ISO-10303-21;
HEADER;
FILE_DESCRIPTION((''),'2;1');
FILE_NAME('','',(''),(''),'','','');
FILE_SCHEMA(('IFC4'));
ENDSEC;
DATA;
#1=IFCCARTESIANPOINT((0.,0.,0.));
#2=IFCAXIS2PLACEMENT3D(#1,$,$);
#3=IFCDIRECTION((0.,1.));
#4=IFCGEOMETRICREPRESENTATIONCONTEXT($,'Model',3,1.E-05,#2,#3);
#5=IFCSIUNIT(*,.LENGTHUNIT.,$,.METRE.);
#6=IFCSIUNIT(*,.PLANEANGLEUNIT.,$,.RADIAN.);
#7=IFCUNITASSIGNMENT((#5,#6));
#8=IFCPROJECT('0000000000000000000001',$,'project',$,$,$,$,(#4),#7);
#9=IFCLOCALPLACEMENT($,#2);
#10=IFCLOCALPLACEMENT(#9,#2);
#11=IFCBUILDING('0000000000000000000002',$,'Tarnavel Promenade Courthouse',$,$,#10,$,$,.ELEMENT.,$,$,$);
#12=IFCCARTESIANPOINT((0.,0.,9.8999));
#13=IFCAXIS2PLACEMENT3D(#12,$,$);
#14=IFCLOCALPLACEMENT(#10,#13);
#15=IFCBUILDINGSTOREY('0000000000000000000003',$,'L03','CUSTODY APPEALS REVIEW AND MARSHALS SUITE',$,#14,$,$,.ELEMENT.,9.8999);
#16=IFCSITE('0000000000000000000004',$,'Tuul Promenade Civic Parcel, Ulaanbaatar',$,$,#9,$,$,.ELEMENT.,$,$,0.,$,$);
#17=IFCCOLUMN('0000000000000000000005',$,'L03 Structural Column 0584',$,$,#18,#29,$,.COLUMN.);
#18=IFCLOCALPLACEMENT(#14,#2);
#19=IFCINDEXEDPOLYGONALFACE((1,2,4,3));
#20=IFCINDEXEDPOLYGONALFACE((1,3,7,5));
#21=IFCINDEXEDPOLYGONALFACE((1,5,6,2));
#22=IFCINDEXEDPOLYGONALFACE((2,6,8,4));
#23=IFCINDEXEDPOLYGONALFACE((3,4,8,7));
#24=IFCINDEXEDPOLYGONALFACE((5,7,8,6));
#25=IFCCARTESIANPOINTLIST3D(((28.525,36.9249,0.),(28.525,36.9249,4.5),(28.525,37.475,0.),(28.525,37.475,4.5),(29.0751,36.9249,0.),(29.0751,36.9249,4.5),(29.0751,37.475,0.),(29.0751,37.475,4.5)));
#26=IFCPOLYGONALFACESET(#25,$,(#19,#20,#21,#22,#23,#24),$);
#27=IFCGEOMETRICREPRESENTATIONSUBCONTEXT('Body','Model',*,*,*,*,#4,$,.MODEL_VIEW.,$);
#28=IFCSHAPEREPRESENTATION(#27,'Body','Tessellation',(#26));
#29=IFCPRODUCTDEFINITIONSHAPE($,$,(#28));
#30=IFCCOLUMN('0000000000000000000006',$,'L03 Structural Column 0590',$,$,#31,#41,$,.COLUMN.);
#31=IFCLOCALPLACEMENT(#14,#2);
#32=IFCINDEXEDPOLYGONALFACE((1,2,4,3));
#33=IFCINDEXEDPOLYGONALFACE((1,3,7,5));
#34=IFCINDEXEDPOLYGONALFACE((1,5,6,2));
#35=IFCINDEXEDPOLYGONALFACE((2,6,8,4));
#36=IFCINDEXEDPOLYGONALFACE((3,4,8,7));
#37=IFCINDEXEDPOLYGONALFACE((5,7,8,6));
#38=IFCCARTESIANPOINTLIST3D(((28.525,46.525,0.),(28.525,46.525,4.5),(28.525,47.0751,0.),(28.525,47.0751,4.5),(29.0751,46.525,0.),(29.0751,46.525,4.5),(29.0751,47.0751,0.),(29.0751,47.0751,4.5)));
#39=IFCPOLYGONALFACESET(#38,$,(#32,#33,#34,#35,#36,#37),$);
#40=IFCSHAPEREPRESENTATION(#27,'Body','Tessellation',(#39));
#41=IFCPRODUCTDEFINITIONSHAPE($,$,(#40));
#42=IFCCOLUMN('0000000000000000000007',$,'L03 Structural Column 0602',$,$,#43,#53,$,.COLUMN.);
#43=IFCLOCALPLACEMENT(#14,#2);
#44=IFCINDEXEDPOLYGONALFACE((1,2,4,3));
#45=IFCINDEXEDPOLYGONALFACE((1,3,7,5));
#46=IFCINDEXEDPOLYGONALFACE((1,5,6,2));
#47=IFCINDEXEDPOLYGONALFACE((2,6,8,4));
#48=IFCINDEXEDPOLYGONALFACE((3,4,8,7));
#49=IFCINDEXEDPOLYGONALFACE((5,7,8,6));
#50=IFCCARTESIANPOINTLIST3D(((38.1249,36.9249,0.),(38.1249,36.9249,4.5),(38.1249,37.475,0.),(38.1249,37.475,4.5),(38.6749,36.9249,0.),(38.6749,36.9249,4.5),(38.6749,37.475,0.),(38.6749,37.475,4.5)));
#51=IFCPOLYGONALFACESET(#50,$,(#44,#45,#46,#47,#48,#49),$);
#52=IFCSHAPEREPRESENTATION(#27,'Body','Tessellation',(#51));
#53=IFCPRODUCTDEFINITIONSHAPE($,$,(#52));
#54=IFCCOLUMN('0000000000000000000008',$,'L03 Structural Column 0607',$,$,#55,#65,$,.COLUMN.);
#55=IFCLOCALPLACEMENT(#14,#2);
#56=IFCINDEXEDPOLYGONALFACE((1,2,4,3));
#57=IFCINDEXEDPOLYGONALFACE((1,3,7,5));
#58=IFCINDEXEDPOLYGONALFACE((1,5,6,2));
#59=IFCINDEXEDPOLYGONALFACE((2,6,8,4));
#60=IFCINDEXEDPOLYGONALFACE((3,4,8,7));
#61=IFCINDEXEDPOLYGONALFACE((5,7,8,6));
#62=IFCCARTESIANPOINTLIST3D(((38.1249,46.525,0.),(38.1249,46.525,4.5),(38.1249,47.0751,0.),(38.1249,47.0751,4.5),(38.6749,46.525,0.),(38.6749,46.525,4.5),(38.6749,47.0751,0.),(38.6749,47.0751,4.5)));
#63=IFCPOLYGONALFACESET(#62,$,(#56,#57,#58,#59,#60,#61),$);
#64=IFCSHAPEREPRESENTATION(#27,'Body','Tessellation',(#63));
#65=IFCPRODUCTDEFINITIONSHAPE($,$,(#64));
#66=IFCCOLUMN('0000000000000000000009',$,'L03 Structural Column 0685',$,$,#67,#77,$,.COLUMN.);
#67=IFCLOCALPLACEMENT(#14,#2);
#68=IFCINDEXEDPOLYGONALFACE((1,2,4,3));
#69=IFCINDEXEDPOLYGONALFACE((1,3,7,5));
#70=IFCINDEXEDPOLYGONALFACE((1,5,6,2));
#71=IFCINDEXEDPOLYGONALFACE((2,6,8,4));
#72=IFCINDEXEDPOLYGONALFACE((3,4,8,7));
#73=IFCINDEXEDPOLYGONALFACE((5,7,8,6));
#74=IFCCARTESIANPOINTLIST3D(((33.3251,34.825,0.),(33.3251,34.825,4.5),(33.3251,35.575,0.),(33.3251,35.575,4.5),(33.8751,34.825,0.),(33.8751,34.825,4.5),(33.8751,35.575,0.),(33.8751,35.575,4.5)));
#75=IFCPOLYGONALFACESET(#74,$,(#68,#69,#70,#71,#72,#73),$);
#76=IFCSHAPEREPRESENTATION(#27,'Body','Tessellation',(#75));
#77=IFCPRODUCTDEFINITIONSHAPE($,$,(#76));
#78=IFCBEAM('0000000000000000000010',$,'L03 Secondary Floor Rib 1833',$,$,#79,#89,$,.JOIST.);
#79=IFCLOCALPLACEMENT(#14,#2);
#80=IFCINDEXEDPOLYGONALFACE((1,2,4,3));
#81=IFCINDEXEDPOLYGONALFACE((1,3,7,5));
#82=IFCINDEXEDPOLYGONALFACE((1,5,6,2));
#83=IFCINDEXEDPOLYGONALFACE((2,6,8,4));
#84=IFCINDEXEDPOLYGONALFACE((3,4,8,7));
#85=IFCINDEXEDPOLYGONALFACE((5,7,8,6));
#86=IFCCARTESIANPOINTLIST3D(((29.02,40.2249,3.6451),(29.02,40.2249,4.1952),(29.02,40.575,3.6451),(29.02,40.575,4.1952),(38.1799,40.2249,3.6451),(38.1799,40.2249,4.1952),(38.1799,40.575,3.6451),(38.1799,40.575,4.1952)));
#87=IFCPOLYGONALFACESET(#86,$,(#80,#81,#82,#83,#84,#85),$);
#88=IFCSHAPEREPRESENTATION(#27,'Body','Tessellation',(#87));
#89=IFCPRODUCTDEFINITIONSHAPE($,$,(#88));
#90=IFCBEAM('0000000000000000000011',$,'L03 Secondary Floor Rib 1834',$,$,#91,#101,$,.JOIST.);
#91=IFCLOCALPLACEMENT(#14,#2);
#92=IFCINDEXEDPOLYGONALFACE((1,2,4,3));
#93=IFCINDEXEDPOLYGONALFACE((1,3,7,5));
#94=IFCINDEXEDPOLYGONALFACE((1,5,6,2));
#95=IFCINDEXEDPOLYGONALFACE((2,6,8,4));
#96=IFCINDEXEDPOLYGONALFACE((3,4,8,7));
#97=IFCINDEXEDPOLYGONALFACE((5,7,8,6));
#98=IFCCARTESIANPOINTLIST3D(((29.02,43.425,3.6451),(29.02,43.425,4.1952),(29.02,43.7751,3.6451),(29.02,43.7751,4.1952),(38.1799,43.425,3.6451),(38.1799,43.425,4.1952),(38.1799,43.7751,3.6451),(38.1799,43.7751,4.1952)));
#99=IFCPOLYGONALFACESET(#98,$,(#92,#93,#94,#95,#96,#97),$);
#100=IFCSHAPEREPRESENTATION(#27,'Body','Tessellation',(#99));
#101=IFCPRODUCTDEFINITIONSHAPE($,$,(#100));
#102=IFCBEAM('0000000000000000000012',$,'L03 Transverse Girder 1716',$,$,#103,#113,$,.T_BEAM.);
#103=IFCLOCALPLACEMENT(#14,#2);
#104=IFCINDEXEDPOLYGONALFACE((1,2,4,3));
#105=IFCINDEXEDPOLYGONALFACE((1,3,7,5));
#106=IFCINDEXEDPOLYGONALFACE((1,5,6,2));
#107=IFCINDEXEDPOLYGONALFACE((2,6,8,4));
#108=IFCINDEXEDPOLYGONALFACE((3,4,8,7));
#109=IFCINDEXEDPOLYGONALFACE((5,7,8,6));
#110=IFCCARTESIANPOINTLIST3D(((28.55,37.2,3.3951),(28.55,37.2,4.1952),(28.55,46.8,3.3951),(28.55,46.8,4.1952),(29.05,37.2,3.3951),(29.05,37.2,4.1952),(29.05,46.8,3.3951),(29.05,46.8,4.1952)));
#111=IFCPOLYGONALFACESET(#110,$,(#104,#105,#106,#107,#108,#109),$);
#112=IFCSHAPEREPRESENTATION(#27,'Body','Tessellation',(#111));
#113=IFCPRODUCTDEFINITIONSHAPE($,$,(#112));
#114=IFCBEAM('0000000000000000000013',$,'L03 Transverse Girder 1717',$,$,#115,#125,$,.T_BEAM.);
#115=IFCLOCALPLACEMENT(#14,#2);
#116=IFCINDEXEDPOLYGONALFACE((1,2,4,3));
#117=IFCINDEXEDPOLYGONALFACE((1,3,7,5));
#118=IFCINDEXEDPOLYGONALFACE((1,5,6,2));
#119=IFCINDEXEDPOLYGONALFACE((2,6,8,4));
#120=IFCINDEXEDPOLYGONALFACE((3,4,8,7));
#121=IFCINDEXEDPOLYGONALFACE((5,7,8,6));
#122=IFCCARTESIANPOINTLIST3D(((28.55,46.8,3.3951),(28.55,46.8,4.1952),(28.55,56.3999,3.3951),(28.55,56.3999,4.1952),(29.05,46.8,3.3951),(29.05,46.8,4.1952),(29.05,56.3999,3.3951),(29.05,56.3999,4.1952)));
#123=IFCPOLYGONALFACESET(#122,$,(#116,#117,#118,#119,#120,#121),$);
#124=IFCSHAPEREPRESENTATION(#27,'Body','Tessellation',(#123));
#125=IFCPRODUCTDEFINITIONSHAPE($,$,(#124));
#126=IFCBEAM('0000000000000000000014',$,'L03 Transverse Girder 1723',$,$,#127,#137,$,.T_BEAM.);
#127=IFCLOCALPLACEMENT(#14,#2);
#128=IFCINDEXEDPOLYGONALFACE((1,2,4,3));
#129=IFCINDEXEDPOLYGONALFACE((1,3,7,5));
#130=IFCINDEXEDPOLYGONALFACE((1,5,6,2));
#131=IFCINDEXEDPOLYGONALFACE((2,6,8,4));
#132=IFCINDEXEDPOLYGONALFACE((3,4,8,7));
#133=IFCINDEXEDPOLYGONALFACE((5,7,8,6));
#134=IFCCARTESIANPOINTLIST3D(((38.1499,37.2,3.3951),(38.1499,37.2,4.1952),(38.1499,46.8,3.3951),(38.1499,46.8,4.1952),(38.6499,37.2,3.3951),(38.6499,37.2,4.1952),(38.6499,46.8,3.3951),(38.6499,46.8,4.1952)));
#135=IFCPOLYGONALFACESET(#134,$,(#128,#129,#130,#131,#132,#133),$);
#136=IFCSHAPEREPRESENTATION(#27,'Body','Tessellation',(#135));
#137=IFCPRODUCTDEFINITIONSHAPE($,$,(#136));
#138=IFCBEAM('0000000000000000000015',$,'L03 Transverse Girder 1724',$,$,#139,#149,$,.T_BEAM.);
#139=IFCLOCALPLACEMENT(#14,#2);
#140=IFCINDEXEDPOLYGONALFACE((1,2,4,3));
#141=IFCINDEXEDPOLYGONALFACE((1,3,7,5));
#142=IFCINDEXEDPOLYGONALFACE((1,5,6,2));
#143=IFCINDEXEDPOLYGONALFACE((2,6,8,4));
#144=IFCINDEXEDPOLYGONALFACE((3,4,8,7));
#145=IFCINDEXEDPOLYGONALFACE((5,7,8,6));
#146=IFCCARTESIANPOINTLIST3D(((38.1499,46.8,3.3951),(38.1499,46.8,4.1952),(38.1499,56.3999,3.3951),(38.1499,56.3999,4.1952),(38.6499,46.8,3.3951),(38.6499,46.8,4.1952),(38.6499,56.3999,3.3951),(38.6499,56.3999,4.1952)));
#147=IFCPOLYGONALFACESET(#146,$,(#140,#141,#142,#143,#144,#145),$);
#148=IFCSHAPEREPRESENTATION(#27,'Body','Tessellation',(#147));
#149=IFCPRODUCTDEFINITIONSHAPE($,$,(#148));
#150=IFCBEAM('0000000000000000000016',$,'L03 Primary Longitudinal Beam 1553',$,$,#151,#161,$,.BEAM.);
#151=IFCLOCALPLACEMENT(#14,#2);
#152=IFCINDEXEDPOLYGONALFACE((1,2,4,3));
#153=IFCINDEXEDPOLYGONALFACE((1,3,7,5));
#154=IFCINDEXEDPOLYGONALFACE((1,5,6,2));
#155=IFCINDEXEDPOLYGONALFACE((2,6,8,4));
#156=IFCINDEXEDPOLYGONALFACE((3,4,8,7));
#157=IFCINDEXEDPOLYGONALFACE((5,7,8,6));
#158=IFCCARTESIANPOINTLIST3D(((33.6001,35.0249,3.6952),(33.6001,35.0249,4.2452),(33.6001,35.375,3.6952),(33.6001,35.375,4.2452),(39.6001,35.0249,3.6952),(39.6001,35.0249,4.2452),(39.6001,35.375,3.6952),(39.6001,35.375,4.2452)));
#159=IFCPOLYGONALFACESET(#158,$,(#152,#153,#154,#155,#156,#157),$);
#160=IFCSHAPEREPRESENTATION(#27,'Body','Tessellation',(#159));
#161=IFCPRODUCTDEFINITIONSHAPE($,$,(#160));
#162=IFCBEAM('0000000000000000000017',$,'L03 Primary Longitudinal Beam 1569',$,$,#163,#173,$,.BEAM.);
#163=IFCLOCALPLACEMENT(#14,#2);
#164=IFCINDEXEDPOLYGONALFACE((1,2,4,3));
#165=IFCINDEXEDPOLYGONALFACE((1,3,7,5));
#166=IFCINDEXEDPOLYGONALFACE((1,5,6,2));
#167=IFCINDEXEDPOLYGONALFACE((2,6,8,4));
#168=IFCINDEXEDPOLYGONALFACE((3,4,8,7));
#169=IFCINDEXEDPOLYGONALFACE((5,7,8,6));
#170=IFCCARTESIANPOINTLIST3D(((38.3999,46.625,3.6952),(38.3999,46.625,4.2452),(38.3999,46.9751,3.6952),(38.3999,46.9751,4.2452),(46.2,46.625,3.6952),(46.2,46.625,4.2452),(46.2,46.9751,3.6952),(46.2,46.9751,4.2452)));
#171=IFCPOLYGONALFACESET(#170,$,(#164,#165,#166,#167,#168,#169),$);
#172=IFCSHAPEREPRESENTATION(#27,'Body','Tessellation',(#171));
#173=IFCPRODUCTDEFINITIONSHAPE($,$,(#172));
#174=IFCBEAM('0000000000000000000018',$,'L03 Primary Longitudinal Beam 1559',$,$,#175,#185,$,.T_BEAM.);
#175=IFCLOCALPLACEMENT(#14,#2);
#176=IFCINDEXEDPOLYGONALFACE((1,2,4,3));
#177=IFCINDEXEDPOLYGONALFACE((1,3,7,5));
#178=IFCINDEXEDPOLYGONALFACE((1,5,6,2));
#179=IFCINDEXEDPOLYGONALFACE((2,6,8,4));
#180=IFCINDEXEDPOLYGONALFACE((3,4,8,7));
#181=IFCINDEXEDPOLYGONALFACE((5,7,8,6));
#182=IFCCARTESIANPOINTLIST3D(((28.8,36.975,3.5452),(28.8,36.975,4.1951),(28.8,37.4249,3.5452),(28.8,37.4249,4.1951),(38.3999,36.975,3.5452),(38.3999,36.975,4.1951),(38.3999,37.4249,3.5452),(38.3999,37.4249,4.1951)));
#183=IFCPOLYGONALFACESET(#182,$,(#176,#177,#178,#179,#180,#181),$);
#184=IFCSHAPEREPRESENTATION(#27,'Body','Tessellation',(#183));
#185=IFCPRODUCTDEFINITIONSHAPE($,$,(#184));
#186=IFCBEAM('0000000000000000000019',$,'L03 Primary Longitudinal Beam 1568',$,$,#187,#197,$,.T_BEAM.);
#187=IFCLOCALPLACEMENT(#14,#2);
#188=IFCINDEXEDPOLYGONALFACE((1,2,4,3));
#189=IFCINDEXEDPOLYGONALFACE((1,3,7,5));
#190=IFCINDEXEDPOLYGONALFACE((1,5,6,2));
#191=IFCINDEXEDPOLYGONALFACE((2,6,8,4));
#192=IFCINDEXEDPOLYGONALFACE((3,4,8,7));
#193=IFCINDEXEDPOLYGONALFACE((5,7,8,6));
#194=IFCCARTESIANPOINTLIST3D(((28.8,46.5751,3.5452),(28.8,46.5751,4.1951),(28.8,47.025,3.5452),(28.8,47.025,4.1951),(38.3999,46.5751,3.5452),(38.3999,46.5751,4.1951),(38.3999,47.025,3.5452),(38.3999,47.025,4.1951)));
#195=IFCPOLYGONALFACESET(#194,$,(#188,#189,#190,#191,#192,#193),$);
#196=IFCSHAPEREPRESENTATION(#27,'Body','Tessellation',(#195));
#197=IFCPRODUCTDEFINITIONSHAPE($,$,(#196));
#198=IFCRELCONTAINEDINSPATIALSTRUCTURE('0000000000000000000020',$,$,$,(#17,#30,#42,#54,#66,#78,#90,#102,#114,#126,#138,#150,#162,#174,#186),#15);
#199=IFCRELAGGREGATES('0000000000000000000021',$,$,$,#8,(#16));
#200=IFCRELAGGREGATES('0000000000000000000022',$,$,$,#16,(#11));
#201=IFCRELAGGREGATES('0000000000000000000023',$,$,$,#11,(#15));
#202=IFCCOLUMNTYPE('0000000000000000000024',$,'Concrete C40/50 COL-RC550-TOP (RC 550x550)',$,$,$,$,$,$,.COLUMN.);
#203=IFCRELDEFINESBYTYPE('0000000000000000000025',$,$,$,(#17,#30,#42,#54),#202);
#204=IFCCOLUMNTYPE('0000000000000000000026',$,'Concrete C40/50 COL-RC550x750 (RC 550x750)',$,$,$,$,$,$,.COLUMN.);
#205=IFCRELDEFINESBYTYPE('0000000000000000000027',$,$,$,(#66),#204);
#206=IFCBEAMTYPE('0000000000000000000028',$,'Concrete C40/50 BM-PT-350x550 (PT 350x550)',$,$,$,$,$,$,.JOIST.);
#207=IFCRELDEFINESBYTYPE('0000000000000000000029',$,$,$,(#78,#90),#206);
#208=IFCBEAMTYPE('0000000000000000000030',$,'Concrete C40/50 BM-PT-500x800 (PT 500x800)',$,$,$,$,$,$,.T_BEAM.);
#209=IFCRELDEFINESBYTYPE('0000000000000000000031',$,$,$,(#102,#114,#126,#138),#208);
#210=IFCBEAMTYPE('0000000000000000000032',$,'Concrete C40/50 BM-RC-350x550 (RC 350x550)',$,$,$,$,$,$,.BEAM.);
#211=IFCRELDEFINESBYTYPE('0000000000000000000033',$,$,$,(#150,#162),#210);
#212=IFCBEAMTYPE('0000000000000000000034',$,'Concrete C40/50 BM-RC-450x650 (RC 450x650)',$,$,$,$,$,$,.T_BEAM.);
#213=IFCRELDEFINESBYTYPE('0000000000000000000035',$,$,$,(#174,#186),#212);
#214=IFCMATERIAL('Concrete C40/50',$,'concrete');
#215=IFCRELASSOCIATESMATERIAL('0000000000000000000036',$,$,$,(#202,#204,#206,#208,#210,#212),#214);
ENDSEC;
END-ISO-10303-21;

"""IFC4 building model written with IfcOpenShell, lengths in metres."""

from ifc_helpers import new_model, si_unit, direction, frame, origin, origin_2d, place, context, subcontext, project, spatial, rectangle, extrude, material, material_profile, profile_set, type_object, element, save


model = new_model("IFC4")

# Units and contexts
model_context = context("Model", 3, precision=1e-05, world=origin(), true_north=direction((0.0, 1.0)))
body_context = subcontext(model_context, "Body", "Model", "MODEL_VIEW")
ifc_project = project(units=[si_unit("LENGTHUNIT", "METRE"), si_unit("PLANEANGLEUNIT", "RADIAN")], contexts=[model_context])

# Site, building, storey
site_placement = place(None, origin())
site = spatial("IfcSite", under=ifc_project, at=site_placement, Name="Tuul Promenade Civic Parcel, Ulaanbaatar", CompositionType="ELEMENT", RefElevation=0.0)
building_placement = place(site_placement, origin())
building = spatial("IfcBuilding", under=site, at=building_placement, Name="Tarnavel Promenade Courthouse", CompositionType="ELEMENT")
storey_placement = place(building_placement, frame((0.0, 0.0, 9.8999)))
storey = spatial("IfcBuildingStorey", under=building, at=storey_placement, Name="L03", Description="CUSTODY APPEALS REVIEW AND MARSHALS SUITE", CompositionType="ELEMENT", Elevation=9.8999)

# Columns
ifc_material_1 = material(Name="Concrete C40/50", Category="concrete")
ifc_material_profile_1 = material_profile(ifc_material_1, rectangle(XDim=0.55, YDim=0.55, at=origin_2d()), Name="RC 550x550")
ifc_profile_set_1 = profile_set([ifc_material_profile_1], Name="Concrete C40/50")
column_type_1 = type_object("IfcColumnType", Name="Concrete C40/50 COL-RC550-TOP (RC 550x550)", PredefinedType="COLUMN", material=ifc_profile_set_1)
for number, where, z_axis, x_axis, name in (
    (1, (28.8, 37.2, 0.0), (0.0, 0.0, 1.0), (1.0, 0.0, 0.0), "L03 Structural Column 0584"),
    (2, (28.8, 46.8, 0.0), (0.0, 0.0, 1.0), (1.0, 0.0, 0.0), "L03 Structural Column 0590"),
    (3, (38.3999, 37.2, 0.0), (0.0, 0.0, 1.0), (1.0, 0.0, 0.0), "L03 Structural Column 0602"),
    (4, (38.3999, 46.8, 0.0), (0.0, 0.0, 1.0), (1.0, 0.0, 0.0), "L03 Structural Column 0607"),
):
    element("IfcColumn", number, at=place(storey_placement, frame(where, z_axis=z_axis, x_axis=x_axis)), inside=storey, type_object=column_type_1, Name=name, PredefinedType="COLUMN", context=body_context, shape_type="SweptSolid", body=[
        extrude(rectangle(XDim=0.55, YDim=0.55, at=origin_2d()), origin(), (0.0, 0.0, 1.0), 4.5),
    ])
ifc_material_profile_2 = material_profile(ifc_material_1, rectangle(XDim=0.55, YDim=0.75, at=origin_2d()), Name="RC 550x750")
ifc_profile_set_2 = profile_set([ifc_material_profile_2], Name="Concrete C40/50")
column_type_2 = type_object("IfcColumnType", Name="Concrete C40/50 COL-RC550x750 (RC 550x750)", PredefinedType="COLUMN", material=ifc_profile_set_2)
column_placement = place(storey_placement, frame((33.6001, 35.2, 0.0), z_axis=(0.0, 0.0, 1.0), x_axis=(1.0, 0.0, 0.0)))
element("IfcColumn", 5, at=column_placement, inside=storey, type_object=column_type_2, Name="L03 Structural Column 0685", PredefinedType="COLUMN", context=body_context, shape_type="SweptSolid", body=[
    extrude(rectangle(XDim=0.55, YDim=0.75, at=origin_2d()), origin(), (0.0, 0.0, 1.0), 4.5),
])

# Beams
ifc_material_profile_3 = material_profile(ifc_material_1, rectangle(XDim=0.3501, YDim=0.55, at=origin_2d()), Name="PT 350x550")
ifc_profile_set_3 = profile_set([ifc_material_profile_3], Name="Concrete C40/50")
beam_type_1 = type_object("IfcBeamType", Name="Concrete C40/50 BM-PT-350x550 (PT 350x550)", PredefinedType="JOIST", material=ifc_profile_set_3)
for number, where, z_axis, x_axis, name in (
    (6, (29.02, 40.3999, 3.9202), (1.0, 0.0, 0.0), (0.0, 1.0, 0.0), "L03 Secondary Floor Rib 1833"),
    (7, (29.02, 43.6001, 3.9202), (1.0, 0.0, 0.0), (0.0, 1.0, 0.0), "L03 Secondary Floor Rib 1834"),
):
    element("IfcBeam", number, at=place(storey_placement, frame(where, z_axis=z_axis, x_axis=x_axis)), inside=storey, type_object=beam_type_1, Name=name, PredefinedType="JOIST", context=body_context, shape_type="SweptSolid", body=[
        extrude(rectangle(XDim=0.3501, YDim=0.55, at=origin_2d()), origin(), (0.0, 0.0, 1.0), 9.1599),
    ])
ifc_material_profile_4 = material_profile(ifc_material_1, rectangle(XDim=0.5, YDim=0.8, at=origin_2d()), Name="PT 500x800")
ifc_profile_set_4 = profile_set([ifc_material_profile_4], Name="Concrete C40/50")
beam_type_2 = type_object("IfcBeamType", Name="Concrete C40/50 BM-PT-500x800 (PT 500x800)", PredefinedType="T_BEAM", material=ifc_profile_set_4)
beam_1_placement = place(storey_placement, frame((28.8, 37.2, 3.7952), z_axis=(0.0, 1.0, 0.0), x_axis=(-1.0, 0.0, 0.0)))
element("IfcBeam", 8, at=beam_1_placement, inside=storey, type_object=beam_type_2, Name="L03 Transverse Girder 1716", PredefinedType="T_BEAM", context=body_context, shape_type="SweptSolid", body=[
    extrude(rectangle(XDim=0.5, YDim=0.8, at=origin_2d()), origin(), (0.0, 0.0, 1.0), 9.6001),
])
beam_2_placement = place(storey_placement, frame((28.8, 46.8, 3.7952), z_axis=(0.0, 1.0, 0.0), x_axis=(-1.0, 0.0, 0.0)))
element("IfcBeam", 9, at=beam_2_placement, inside=storey, type_object=beam_type_2, Name="L03 Transverse Girder 1717", PredefinedType="T_BEAM", context=body_context, shape_type="SweptSolid", body=[
    extrude(rectangle(XDim=0.5, YDim=0.8, at=origin_2d()), origin(), (0.0, 0.0, 1.0), 9.5999),
])
beam_3_placement = place(storey_placement, frame((38.3999, 37.2, 3.7952), z_axis=(0.0, 1.0, 0.0), x_axis=(-1.0, 0.0, 0.0)))
element("IfcBeam", 10, at=beam_3_placement, inside=storey, type_object=beam_type_2, Name="L03 Transverse Girder 1723", PredefinedType="T_BEAM", context=body_context, shape_type="SweptSolid", body=[
    extrude(rectangle(XDim=0.5, YDim=0.8, at=origin_2d()), origin(), (0.0, 0.0, 1.0), 9.6001),
])
beam_4_placement = place(storey_placement, frame((38.3999, 46.8, 3.7952), z_axis=(0.0, 1.0, 0.0), x_axis=(-1.0, 0.0, 0.0)))
element("IfcBeam", 11, at=beam_4_placement, inside=storey, type_object=beam_type_2, Name="L03 Transverse Girder 1724", PredefinedType="T_BEAM", context=body_context, shape_type="SweptSolid", body=[
    extrude(rectangle(XDim=0.5, YDim=0.8, at=origin_2d()), origin(), (0.0, 0.0, 1.0), 9.5999),
])
ifc_material_profile_5 = material_profile(ifc_material_1, rectangle(XDim=0.3501, YDim=0.55, at=origin_2d()), Name="RC 350x550")
ifc_profile_set_5 = profile_set([ifc_material_profile_5], Name="Concrete C40/50")
beam_type_3 = type_object("IfcBeamType", Name="Concrete C40/50 BM-RC-350x550 (RC 350x550)", PredefinedType="BEAM", material=ifc_profile_set_5)
beam_5_placement = place(storey_placement, frame((33.6001, 35.2, 3.9702), z_axis=(1.0, 0.0, 0.0), x_axis=(0.0, 1.0, 0.0)))
element("IfcBeam", 12, at=beam_5_placement, inside=storey, type_object=beam_type_3, Name="L03 Primary Longitudinal Beam 1553", PredefinedType="BEAM", context=body_context, shape_type="SweptSolid", body=[
    extrude(rectangle(XDim=0.3501, YDim=0.55, at=origin_2d()), origin(), (0.0, 0.0, 1.0), 6.0),
])
beam_6_placement = place(storey_placement, frame((38.3999, 46.8, 3.9702), z_axis=(1.0, 0.0, 0.0), x_axis=(0.0, 1.0, 0.0)))
element("IfcBeam", 13, at=beam_6_placement, inside=storey, type_object=beam_type_3, Name="L03 Primary Longitudinal Beam 1569", PredefinedType="BEAM", context=body_context, shape_type="SweptSolid", body=[
    extrude(rectangle(XDim=0.3501, YDim=0.55, at=origin_2d()), origin(), (0.0, 0.0, 1.0), 7.8),
])
ifc_material_profile_6 = material_profile(ifc_material_1, rectangle(XDim=0.45, YDim=0.6499, at=origin_2d()), Name="RC 450x650")
ifc_profile_set_6 = profile_set([ifc_material_profile_6], Name="Concrete C40/50")
beam_type_4 = type_object("IfcBeamType", Name="Concrete C40/50 BM-RC-450x650 (RC 450x650)", PredefinedType="T_BEAM", material=ifc_profile_set_6)
for number, where, z_axis, x_axis, name in (
    (14, (28.8, 37.2, 3.8701), (1.0, 0.0, 0.0), (0.0, 1.0, 0.0), "L03 Primary Longitudinal Beam 1559"),
    (15, (28.8, 46.8, 3.8701), (1.0, 0.0, 0.0), (0.0, 1.0, 0.0), "L03 Primary Longitudinal Beam 1568"),
):
    element("IfcBeam", number, at=place(storey_placement, frame(where, z_axis=z_axis, x_axis=x_axis)), inside=storey, type_object=beam_type_4, Name=name, PredefinedType="T_BEAM", context=body_context, shape_type="SweptSolid", body=[
        extrude(rectangle(XDim=0.45, YDim=0.6499, at=origin_2d()), origin(), (0.0, 0.0, 1.0), 9.5999),
    ])

save(model, "model.ifc")
